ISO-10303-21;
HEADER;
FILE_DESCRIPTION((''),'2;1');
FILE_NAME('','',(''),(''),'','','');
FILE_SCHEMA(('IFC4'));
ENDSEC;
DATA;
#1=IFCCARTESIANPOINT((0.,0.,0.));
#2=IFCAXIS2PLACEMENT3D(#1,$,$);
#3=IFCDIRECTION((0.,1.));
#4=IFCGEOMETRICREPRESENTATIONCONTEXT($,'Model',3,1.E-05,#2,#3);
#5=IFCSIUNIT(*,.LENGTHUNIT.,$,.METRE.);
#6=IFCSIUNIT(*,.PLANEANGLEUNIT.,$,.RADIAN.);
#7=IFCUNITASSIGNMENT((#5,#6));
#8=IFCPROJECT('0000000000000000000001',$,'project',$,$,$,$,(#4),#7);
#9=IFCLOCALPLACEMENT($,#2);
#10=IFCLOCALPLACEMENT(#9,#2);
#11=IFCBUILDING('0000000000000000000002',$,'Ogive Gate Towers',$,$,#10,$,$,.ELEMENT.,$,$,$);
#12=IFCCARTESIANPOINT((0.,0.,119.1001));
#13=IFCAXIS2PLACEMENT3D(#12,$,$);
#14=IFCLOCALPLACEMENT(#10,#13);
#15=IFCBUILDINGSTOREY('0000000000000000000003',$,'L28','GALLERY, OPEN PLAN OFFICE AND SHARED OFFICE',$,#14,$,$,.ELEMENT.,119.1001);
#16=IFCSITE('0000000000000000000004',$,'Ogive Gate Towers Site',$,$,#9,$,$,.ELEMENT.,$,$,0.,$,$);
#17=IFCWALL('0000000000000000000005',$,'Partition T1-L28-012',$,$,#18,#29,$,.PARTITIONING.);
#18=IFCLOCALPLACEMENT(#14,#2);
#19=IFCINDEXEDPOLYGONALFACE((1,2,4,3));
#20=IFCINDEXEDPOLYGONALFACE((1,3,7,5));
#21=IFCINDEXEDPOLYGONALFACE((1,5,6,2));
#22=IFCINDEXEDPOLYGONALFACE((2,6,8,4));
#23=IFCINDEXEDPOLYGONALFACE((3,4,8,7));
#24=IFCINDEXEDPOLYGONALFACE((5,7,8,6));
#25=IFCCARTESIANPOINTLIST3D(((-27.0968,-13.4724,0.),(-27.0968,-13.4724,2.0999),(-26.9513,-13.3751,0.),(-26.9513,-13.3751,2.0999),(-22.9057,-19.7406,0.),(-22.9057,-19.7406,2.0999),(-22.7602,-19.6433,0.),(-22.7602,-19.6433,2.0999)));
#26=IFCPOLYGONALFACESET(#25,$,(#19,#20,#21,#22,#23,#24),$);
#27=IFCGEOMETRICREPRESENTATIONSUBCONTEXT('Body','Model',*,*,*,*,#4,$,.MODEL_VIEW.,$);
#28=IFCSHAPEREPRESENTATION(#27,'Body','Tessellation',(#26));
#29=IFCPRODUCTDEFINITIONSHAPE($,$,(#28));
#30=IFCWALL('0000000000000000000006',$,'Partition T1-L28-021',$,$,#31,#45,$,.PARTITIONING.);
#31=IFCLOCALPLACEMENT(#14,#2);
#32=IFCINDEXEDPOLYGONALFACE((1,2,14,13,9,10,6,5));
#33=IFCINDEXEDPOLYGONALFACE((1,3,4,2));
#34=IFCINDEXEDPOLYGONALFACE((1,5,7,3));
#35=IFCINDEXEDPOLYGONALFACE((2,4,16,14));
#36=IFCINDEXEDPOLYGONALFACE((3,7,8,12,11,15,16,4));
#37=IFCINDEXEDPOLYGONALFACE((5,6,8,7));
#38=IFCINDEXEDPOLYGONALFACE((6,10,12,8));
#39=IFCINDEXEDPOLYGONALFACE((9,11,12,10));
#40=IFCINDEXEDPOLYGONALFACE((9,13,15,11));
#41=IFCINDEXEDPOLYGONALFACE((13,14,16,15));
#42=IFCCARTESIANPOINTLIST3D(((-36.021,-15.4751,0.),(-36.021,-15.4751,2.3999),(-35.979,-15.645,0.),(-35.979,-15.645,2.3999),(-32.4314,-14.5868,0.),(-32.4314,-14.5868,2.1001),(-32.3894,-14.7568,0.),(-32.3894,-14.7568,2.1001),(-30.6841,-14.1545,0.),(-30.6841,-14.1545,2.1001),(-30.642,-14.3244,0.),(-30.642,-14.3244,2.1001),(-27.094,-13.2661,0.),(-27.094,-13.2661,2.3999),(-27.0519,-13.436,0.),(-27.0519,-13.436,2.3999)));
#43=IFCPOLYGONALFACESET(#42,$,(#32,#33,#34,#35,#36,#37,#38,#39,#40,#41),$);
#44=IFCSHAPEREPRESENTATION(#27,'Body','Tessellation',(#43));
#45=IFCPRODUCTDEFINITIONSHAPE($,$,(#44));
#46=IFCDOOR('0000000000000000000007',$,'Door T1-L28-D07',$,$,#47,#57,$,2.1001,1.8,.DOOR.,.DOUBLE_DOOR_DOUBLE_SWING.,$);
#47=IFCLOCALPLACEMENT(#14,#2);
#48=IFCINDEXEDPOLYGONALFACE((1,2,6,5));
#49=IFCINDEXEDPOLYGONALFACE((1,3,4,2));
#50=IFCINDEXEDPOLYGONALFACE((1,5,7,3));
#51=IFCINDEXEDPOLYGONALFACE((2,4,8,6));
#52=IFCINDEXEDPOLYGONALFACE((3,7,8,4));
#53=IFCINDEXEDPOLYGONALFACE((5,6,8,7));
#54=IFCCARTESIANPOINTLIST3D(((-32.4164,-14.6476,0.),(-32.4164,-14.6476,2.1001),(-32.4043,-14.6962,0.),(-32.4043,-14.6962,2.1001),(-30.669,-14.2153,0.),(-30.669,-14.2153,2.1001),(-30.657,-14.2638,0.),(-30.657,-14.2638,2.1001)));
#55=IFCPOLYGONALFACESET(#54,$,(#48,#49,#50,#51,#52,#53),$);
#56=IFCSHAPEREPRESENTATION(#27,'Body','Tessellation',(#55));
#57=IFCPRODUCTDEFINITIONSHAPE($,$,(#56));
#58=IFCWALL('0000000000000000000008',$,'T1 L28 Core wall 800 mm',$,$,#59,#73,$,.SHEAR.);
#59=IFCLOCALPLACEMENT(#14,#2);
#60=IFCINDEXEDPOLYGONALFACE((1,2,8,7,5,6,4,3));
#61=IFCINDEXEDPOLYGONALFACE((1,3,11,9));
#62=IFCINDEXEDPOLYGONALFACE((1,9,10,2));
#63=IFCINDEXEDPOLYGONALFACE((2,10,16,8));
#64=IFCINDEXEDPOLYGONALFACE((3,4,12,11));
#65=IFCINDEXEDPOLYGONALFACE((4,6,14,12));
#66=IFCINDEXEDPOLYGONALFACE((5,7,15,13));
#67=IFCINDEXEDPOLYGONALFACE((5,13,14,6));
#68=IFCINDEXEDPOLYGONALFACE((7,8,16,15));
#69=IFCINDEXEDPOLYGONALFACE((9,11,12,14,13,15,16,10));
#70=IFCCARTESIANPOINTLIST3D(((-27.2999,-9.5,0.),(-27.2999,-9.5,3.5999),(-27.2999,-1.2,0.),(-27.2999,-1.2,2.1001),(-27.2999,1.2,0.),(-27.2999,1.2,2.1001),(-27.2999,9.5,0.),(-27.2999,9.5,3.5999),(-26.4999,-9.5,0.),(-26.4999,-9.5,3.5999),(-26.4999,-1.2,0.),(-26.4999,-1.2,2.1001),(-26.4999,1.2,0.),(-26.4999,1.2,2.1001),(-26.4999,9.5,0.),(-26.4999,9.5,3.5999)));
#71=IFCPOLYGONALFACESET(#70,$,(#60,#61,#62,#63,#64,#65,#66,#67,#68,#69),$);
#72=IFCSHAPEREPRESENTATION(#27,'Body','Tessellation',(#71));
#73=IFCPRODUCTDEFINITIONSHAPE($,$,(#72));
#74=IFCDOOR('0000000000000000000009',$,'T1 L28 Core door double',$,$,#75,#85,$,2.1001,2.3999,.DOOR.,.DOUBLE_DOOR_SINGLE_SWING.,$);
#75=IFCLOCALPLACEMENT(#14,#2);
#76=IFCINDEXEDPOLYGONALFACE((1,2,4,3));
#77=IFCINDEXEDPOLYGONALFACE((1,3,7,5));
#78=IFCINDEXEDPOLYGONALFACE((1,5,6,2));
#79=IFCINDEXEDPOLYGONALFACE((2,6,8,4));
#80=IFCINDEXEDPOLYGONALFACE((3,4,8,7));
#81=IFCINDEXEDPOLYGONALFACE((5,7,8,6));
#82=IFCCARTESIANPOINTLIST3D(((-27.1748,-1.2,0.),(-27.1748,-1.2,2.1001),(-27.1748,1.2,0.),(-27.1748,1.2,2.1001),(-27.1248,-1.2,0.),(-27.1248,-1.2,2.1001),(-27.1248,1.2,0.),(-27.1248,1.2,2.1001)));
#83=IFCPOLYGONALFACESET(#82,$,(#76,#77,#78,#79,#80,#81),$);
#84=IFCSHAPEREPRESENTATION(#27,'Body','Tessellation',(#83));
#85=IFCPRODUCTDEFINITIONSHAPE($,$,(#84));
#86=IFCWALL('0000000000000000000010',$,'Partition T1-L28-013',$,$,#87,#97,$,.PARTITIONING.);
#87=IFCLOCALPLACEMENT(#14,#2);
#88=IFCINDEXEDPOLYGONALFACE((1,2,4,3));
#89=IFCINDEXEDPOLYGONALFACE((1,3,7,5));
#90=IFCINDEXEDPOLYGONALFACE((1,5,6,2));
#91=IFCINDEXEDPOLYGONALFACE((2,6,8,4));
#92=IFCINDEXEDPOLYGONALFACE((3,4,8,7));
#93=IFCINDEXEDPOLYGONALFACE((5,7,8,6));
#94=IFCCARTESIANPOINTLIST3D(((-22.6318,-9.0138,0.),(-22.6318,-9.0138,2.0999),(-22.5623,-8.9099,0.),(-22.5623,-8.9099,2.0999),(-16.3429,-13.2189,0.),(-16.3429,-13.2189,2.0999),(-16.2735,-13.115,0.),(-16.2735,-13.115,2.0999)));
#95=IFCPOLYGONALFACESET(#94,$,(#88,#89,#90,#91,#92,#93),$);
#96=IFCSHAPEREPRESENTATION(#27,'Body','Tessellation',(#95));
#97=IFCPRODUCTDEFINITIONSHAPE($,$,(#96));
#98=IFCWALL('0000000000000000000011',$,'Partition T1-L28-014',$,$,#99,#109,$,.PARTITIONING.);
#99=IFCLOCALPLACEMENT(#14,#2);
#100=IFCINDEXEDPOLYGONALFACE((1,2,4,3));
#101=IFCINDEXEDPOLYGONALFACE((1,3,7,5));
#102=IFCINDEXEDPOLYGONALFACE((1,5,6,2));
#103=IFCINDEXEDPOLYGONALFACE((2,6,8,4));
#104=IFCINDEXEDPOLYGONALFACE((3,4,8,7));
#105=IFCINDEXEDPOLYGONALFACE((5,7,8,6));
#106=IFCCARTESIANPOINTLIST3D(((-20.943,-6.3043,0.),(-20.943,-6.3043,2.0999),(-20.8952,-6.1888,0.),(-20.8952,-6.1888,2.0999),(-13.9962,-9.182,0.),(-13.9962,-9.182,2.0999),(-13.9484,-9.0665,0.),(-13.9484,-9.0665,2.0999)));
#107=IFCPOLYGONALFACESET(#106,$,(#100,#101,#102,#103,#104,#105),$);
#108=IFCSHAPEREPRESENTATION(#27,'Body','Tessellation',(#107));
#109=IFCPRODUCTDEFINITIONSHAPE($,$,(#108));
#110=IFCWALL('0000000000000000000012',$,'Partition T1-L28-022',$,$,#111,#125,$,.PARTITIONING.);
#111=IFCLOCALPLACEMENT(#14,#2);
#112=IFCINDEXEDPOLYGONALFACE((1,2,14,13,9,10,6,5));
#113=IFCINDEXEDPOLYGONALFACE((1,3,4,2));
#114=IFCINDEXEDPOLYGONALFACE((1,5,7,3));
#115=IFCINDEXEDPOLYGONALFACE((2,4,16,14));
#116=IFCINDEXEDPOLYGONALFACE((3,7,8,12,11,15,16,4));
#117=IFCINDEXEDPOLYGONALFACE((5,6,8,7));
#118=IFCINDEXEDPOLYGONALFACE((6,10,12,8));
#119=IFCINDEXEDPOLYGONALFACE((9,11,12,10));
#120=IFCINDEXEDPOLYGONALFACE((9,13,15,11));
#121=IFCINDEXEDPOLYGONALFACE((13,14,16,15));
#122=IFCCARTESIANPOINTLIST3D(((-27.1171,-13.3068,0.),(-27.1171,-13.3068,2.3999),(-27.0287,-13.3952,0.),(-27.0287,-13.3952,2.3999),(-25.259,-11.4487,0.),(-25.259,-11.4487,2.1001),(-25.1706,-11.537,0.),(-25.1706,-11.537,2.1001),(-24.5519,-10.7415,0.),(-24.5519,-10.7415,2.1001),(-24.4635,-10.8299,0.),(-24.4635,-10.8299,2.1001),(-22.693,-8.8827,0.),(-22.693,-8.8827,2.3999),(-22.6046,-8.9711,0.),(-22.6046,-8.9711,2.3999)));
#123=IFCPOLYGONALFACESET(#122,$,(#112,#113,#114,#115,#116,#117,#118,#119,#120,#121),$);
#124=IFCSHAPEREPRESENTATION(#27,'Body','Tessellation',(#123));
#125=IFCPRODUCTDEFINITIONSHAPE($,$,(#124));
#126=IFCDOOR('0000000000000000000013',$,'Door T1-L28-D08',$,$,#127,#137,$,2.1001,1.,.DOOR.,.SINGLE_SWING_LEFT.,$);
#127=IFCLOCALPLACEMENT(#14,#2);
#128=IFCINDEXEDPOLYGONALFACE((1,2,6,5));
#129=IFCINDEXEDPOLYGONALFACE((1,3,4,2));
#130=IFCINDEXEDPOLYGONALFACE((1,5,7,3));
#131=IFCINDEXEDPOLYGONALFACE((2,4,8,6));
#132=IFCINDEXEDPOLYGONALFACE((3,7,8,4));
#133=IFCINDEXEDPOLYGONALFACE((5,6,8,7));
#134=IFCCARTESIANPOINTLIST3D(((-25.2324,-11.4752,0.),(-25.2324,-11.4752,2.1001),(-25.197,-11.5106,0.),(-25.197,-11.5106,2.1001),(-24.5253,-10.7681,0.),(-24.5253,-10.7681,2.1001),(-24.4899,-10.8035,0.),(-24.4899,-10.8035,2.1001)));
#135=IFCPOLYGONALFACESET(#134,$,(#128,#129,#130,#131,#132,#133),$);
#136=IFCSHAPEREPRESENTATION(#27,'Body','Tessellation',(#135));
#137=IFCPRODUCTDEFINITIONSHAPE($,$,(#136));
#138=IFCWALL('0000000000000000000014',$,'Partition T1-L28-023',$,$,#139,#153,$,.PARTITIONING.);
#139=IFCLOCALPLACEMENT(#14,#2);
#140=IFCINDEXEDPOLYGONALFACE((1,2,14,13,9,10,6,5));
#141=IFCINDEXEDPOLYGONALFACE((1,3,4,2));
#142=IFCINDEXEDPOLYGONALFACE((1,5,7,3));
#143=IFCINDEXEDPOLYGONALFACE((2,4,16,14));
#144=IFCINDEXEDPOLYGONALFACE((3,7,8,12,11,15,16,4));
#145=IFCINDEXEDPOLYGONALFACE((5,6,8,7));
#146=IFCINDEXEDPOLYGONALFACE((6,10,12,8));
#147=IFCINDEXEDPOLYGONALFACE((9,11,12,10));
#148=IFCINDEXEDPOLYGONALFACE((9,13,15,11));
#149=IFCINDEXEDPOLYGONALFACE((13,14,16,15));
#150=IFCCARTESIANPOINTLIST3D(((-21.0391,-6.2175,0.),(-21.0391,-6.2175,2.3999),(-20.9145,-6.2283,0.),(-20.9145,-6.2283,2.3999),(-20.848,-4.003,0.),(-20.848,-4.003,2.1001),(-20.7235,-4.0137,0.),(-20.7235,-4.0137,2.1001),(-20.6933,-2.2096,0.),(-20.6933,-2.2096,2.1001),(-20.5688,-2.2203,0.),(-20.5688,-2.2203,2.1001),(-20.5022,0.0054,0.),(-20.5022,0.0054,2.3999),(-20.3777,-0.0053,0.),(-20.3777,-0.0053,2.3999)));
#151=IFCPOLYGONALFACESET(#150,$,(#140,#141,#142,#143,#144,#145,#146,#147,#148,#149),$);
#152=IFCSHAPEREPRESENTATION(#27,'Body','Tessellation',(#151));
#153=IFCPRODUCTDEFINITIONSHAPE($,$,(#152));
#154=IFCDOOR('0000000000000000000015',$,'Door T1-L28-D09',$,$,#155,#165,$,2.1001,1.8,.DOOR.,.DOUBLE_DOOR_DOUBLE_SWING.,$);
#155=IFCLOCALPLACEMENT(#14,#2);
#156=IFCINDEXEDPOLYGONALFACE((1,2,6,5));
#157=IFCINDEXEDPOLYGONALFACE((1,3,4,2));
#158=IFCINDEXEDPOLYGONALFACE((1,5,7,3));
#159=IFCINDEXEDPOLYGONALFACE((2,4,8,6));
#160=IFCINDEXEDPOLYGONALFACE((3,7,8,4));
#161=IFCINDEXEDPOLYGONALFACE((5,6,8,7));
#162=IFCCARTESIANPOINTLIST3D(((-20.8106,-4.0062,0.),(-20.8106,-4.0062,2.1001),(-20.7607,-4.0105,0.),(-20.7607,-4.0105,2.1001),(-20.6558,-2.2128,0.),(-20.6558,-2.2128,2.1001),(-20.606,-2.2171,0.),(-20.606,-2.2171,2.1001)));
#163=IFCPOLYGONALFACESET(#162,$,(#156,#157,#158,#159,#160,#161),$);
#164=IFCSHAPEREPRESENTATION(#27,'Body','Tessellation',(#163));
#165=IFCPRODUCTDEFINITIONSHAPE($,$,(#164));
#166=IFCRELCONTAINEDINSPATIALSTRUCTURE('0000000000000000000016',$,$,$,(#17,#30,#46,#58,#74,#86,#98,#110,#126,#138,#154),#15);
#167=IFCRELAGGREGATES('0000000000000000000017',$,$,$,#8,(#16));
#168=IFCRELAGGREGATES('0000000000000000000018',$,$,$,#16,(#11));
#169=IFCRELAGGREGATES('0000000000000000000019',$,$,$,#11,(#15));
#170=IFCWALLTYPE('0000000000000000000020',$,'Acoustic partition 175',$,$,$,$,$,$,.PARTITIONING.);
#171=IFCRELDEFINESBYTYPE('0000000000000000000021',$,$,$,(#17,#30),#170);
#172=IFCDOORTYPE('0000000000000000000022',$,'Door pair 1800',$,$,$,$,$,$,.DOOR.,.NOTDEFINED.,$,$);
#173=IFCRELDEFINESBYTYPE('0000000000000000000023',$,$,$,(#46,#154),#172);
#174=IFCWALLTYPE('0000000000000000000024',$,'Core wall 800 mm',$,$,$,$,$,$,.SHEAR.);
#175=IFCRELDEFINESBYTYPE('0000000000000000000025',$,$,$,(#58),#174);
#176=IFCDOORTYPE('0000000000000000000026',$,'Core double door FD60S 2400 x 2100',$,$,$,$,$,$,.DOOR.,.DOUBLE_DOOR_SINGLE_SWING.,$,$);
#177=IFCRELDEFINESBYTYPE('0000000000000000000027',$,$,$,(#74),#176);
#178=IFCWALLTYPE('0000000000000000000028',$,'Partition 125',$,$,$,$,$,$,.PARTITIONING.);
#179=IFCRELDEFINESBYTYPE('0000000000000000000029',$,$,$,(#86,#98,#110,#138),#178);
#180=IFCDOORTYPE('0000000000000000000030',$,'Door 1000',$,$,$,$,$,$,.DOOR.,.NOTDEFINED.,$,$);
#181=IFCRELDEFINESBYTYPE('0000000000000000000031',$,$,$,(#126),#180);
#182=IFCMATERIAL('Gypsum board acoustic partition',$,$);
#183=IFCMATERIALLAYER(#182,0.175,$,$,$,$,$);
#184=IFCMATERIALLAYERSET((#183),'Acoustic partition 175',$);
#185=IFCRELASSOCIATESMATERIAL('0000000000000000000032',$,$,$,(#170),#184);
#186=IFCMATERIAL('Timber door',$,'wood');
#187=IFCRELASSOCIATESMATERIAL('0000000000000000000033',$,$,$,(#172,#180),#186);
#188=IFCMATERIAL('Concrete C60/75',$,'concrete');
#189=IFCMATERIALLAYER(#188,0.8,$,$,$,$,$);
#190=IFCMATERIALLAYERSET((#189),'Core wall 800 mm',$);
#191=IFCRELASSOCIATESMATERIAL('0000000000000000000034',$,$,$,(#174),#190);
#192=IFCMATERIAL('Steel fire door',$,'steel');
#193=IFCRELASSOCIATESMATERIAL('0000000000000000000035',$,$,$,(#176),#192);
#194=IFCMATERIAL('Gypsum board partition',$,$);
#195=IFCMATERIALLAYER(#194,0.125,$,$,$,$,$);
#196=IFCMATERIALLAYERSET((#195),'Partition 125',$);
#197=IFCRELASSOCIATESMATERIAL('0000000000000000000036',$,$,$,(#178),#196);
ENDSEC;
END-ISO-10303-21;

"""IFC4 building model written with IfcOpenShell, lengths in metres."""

from ifc_helpers import new_model, si_unit, direction, frame, frame_2d, origin, place, context, subcontext, project, spatial, rectangle, extrude, material, layer, layer_set, type_object, element, fill, save


model = new_model("IFC4")

# Units and contexts
model_context = context("Model", 3, precision=1e-05, world=origin(), true_north=direction((0.0, 1.0)))
body_context = subcontext(model_context, "Body", "Model", "MODEL_VIEW")
ifc_project = project(units=[si_unit("LENGTHUNIT", "METRE"), si_unit("PLANEANGLEUNIT", "RADIAN")], contexts=[model_context])

# Site, building, storey
site_placement = place(None, origin())
site = spatial("IfcSite", under=ifc_project, at=site_placement, Name="Ogive Gate Towers Site", CompositionType="ELEMENT", RefElevation=0.0)
building_placement = place(site_placement, origin())
building = spatial("IfcBuilding", under=site, at=building_placement, Name="Ogive Gate Towers", CompositionType="ELEMENT")
storey_placement = place(building_placement, frame((0.0, 0.0, 119.1001)))
storey = spatial("IfcBuildingStorey", under=building, at=storey_placement, Name="L28", Description="GALLERY, OPEN PLAN OFFICE AND SHARED OFFICE", CompositionType="ELEMENT", Elevation=119.1001)

# Wall
ifc_material_1 = material(Name="Gypsum board acoustic partition")
ifc_layer_1 = layer(ifc_material_1, 0.175)
ifc_layer_set_1 = layer_set([ifc_layer_1], Name="Acoustic partition 175")
wall_type_1 = type_object("IfcWallType", Name="Acoustic partition 175", PredefinedType="PARTITIONING", material=ifc_layer_set_1)
wall_1_placement = place(storey_placement, frame((-22.833, -19.6919, 0.0), z_axis=(0.0, 0.0, 1.0), x_axis=(-0.555828, 0.831297, 0.0)))
element("IfcWall", 1, at=wall_1_placement, inside=storey, type_object=wall_type_1, Name="Partition T1-L28-012", PredefinedType="PARTITIONING", context=body_context, shape_type="SweptSolid", body=[
    extrude(rectangle(XDim=7.5403, YDim=0.175, at=frame_2d((3.77, 0.0))), origin(), (0.0, 0.0, 1.0), 2.0999),
])

# Walls, openings, doors
wall_2_placement = place(storey_placement, frame((-36.0, -15.5601, 0.0), z_axis=(0.0, 0.0, 1.0), x_axis=(0.970722, 0.240205, 0.0)))
wall_2 = element("IfcWall", 2, at=wall_2_placement, inside=storey, type_object=wall_type_1, Name="Partition T1-L28-021", PredefinedType="PARTITIONING", context=body_context, shape_type="SweptSolid", body=[
    extrude(rectangle(XDim=9.1963, YDim=0.175, at=frame_2d((4.5981, 0.0))), origin(), (0.0, 0.0, 1.0), 2.3999),
])
opening_1_placement = place(wall_2_placement, frame((3.698, 0.0, 0.0)))
opening_1 = element("IfcOpeningElement", 3, at=opening_1_placement, cuts=wall_2, PredefinedType="OPENING", context=body_context, shape_type="SweptSolid", body=[
    extrude(rectangle(XDim=1.8, YDim=2.1001, at=frame_2d((0.8999, 1.05))), frame((0.0, 0.0977, 0.0), z_axis=(0.0, -1.0, 0.0), x_axis=(1.0, 0.0, 0.0)), (0.0, 0.0, 1.0), 0.1951),
])
ifc_material_2 = material(Name="Timber door", Category="wood")
door_type_1 = type_object("IfcDoorType", Name="Door pair 1800", OperationType="NOTDEFINED", PredefinedType="DOOR", material=ifc_material_2)
door_1_placement = place(opening_1_placement, origin())
door_1 = element("IfcDoor", 4, at=door_1_placement, inside=storey, type_object=door_type_1, Name="Door T1-L28-D07", OperationType="DOUBLE_DOOR_DOUBLE_SWING", OverallHeight=2.1001, OverallWidth=1.8, PredefinedType="DOOR", context=body_context, shape_type="SweptSolid", body=[
    extrude(rectangle(XDim=1.8, YDim=2.1001, at=frame_2d((0.8999, 1.05))), frame((0.0, 0.0249, 0.0), z_axis=(0.0, -1.0, 0.0), x_axis=(1.0, 0.0, 0.0)), (0.0, 0.0, 1.0), 0.05),
])
fill(opening_1, door_1)
ifc_material_3 = material(Name="Concrete C60/75", Category="concrete")
ifc_layer_2 = layer(ifc_material_3, 0.8)
ifc_layer_set_2 = layer_set([ifc_layer_2], Name="Core wall 800 mm")
wall_type_2 = type_object("IfcWallType", Name="Core wall 800 mm", PredefinedType="SHEAR", material=ifc_layer_set_2)
wall_3_placement = place(storey_placement, frame((-26.8999, -9.5, 0.0), z_axis=(0.0, 0.0, 1.0), x_axis=(0.0, 1.0, 0.0)))
wall_3 = element("IfcWall", 5, at=wall_3_placement, inside=storey, type_object=wall_type_2, Name="T1 L28 Core wall 800 mm", PredefinedType="SHEAR", context=body_context, shape_type="SweptSolid", body=[
    extrude(rectangle(XDim=19.0, YDim=0.8, at=frame_2d((9.5, 0.0))), origin(), (0.0, 0.0, 1.0), 3.5999),
])
opening_2_placement = place(wall_3_placement, frame((8.3, 0.0, 0.0)))
opening_2 = element("IfcOpeningElement", 6, at=opening_2_placement, cuts=wall_3, PredefinedType="OPENING", context=body_context, shape_type="SweptSolid", body=[
    extrude(rectangle(XDim=2.3999, YDim=2.1001, at=frame_2d((1.2, 1.05))), frame((0.0, 0.4102, 0.0), z_axis=(0.0, -1.0, 0.0), x_axis=(1.0, 0.0, 0.0)), (0.0, 0.0, 1.0), 0.8201),
])
ifc_material_4 = material(Name="Steel fire door", Category="steel")
door_type_2 = type_object("IfcDoorType", Name="Core double door FD60S 2400 x 2100", OperationType="DOUBLE_DOOR_SINGLE_SWING", PredefinedType="DOOR", material=ifc_material_4)
door_2_placement = place(opening_2_placement, origin())
door_2 = element("IfcDoor", 7, at=door_2_placement, inside=storey, type_object=door_type_2, Name="T1 L28 Core door double", OperationType="DOUBLE_DOOR_SINGLE_SWING", OverallHeight=2.1001, OverallWidth=2.3999, PredefinedType="DOOR", context=body_context, shape_type="SweptSolid", body=[
    extrude(rectangle(XDim=2.3999, YDim=2.1001, at=frame_2d((1.2, 1.05))), frame((0.0, 0.2749, 0.0), z_axis=(0.0, -1.0, 0.0), x_axis=(1.0, 0.0, 0.0)), (0.0, 0.0, 1.0), 0.05),
])
fill(opening_2, door_2)

# Walls
ifc_material_5 = material(Name="Gypsum board partition")
ifc_layer_3 = layer(ifc_material_5, 0.125)
ifc_layer_set_3 = layer_set([ifc_layer_3], Name="Partition 125")
wall_type_3 = type_object("IfcWallType", Name="Partition 125", PredefinedType="PARTITIONING", material=ifc_layer_set_3)
wall_4_placement = place(storey_placement, frame((-16.3081, -13.167, 0.0), z_axis=(0.0, 0.0, 1.0), x_axis=(-0.831285, 0.555847, 0.0)))
element("IfcWall", 8, at=wall_4_placement, inside=storey, type_object=wall_type_3, Name="Partition T1-L28-013", PredefinedType="PARTITIONING", context=body_context, shape_type="SweptSolid", body=[
    extrude(rectangle(XDim=7.5652, YDim=0.125, at=frame_2d((3.7827, 0.0))), origin(), (0.0, 0.0, 1.0), 2.0999),
])
wall_5_placement = place(storey_placement, frame((-13.9722, -9.1243, 0.0), z_axis=(0.0, 0.0, 1.0), x_axis=(-0.923868, 0.38271, 0.0)))
element("IfcWall", 9, at=wall_5_placement, inside=storey, type_object=wall_type_3, Name="Partition T1-L28-014", PredefinedType="PARTITIONING", context=body_context, shape_type="SweptSolid", body=[
    extrude(rectangle(XDim=7.5193, YDim=0.125, at=frame_2d((3.7598, 0.0))), origin(), (0.0, 0.0, 1.0), 2.0999),
])

# Walls, openings, doors
wall_6_placement = place(storey_placement, frame((-27.073, -13.3511, 0.0), z_axis=(0.0, 0.0, 1.0), x_axis=(0.707107, 0.707107, 0.0)))
wall_6 = element("IfcWall", 10, at=wall_6_placement, inside=storey, type_object=wall_type_3, Name="Partition T1-L28-022", PredefinedType="PARTITIONING", context=body_context, shape_type="SweptSolid", body=[
    extrude(rectangle(XDim=6.2566, YDim=0.125, at=frame_2d((3.1284, 0.0))), origin(), (0.0, 0.0, 1.0), 2.3999),
])
opening_3_placement = place(wall_6_placement, frame((2.6279, 0.0, 0.0)))
opening_3 = element("IfcOpeningElement", 11, at=opening_3_placement, cuts=wall_6, PredefinedType="OPENING", context=body_context, shape_type="SweptSolid", body=[
    extrude(rectangle(XDim=1.0, YDim=2.1001, at=frame_2d((0.5, 1.05))), frame((0.0, 0.0725, 0.0), z_axis=(0.0, -1.0, 0.0), x_axis=(1.0, 0.0, 0.0)), (0.0, 0.0, 1.0), 0.145),
])
door_type_3 = type_object("IfcDoorType", Name="Door 1000", OperationType="NOTDEFINED", PredefinedType="DOOR", material=ifc_material_2)
door_3_placement = place(opening_3_placement, origin())
door_3 = element("IfcDoor", 12, at=door_3_placement, inside=storey, type_object=door_type_3, Name="Door T1-L28-D08", OperationType="SINGLE_SWING_LEFT", OverallHeight=2.1001, OverallWidth=1.0, PredefinedType="DOOR", context=body_context, shape_type="SweptSolid", body=[
    extrude(rectangle(XDim=1.0, YDim=2.1001, at=frame_2d((0.5, 1.05))), frame((0.0, 0.0249, 0.0), z_axis=(0.0, -1.0, 0.0), x_axis=(1.0, 0.0, 0.0)), (0.0, 0.0, 1.0), 0.05),
])
fill(opening_3, door_3)
wall_7_placement = place(storey_placement, frame((-20.9768, -6.2229, 0.0), z_axis=(0.0, 0.0, 1.0), x_axis=(0.085953, 0.996299, 0.0)))
wall_7 = element("IfcWall", 13, at=wall_7_placement, inside=storey, type_object=wall_type_3, Name="Partition T1-L28-023", PredefinedType="PARTITIONING", context=body_context, shape_type="SweptSolid", body=[
    extrude(rectangle(XDim=6.2461, YDim=0.125, at=frame_2d((3.123, 0.0))), origin(), (0.0, 0.0, 1.0), 2.3999),
])
opening_4_placement = place(wall_7_placement, frame((2.2229, 0.0, 0.0)))
opening_4 = element("IfcOpeningElement", 14, at=opening_4_placement, cuts=wall_7, PredefinedType="OPENING", context=body_context, shape_type="SweptSolid", body=[
    extrude(rectangle(XDim=1.8, YDim=2.1001, at=frame_2d((0.8999, 1.05))), frame((0.0, 0.0725, 0.0), z_axis=(0.0, -1.0, 0.0), x_axis=(1.0, 0.0, 0.0)), (0.0, 0.0, 1.0), 0.145),
])
door_4_placement = place(opening_4_placement, origin())
door_4 = element("IfcDoor", 15, at=door_4_placement, inside=storey, type_object=door_type_1, Name="Door T1-L28-D09", OperationType="DOUBLE_DOOR_DOUBLE_SWING", OverallHeight=2.1001, OverallWidth=1.8, PredefinedType="DOOR", context=body_context, shape_type="SweptSolid", body=[
    extrude(rectangle(XDim=1.8, YDim=2.1001, at=frame_2d((0.8999, 1.05))), frame((0.0, 0.0249, 0.0), z_axis=(0.0, -1.0, 0.0), x_axis=(1.0, 0.0, 0.0)), (0.0, 0.0, 1.0), 0.05),
])
fill(opening_4, door_4)

save(model, "model.ifc")
